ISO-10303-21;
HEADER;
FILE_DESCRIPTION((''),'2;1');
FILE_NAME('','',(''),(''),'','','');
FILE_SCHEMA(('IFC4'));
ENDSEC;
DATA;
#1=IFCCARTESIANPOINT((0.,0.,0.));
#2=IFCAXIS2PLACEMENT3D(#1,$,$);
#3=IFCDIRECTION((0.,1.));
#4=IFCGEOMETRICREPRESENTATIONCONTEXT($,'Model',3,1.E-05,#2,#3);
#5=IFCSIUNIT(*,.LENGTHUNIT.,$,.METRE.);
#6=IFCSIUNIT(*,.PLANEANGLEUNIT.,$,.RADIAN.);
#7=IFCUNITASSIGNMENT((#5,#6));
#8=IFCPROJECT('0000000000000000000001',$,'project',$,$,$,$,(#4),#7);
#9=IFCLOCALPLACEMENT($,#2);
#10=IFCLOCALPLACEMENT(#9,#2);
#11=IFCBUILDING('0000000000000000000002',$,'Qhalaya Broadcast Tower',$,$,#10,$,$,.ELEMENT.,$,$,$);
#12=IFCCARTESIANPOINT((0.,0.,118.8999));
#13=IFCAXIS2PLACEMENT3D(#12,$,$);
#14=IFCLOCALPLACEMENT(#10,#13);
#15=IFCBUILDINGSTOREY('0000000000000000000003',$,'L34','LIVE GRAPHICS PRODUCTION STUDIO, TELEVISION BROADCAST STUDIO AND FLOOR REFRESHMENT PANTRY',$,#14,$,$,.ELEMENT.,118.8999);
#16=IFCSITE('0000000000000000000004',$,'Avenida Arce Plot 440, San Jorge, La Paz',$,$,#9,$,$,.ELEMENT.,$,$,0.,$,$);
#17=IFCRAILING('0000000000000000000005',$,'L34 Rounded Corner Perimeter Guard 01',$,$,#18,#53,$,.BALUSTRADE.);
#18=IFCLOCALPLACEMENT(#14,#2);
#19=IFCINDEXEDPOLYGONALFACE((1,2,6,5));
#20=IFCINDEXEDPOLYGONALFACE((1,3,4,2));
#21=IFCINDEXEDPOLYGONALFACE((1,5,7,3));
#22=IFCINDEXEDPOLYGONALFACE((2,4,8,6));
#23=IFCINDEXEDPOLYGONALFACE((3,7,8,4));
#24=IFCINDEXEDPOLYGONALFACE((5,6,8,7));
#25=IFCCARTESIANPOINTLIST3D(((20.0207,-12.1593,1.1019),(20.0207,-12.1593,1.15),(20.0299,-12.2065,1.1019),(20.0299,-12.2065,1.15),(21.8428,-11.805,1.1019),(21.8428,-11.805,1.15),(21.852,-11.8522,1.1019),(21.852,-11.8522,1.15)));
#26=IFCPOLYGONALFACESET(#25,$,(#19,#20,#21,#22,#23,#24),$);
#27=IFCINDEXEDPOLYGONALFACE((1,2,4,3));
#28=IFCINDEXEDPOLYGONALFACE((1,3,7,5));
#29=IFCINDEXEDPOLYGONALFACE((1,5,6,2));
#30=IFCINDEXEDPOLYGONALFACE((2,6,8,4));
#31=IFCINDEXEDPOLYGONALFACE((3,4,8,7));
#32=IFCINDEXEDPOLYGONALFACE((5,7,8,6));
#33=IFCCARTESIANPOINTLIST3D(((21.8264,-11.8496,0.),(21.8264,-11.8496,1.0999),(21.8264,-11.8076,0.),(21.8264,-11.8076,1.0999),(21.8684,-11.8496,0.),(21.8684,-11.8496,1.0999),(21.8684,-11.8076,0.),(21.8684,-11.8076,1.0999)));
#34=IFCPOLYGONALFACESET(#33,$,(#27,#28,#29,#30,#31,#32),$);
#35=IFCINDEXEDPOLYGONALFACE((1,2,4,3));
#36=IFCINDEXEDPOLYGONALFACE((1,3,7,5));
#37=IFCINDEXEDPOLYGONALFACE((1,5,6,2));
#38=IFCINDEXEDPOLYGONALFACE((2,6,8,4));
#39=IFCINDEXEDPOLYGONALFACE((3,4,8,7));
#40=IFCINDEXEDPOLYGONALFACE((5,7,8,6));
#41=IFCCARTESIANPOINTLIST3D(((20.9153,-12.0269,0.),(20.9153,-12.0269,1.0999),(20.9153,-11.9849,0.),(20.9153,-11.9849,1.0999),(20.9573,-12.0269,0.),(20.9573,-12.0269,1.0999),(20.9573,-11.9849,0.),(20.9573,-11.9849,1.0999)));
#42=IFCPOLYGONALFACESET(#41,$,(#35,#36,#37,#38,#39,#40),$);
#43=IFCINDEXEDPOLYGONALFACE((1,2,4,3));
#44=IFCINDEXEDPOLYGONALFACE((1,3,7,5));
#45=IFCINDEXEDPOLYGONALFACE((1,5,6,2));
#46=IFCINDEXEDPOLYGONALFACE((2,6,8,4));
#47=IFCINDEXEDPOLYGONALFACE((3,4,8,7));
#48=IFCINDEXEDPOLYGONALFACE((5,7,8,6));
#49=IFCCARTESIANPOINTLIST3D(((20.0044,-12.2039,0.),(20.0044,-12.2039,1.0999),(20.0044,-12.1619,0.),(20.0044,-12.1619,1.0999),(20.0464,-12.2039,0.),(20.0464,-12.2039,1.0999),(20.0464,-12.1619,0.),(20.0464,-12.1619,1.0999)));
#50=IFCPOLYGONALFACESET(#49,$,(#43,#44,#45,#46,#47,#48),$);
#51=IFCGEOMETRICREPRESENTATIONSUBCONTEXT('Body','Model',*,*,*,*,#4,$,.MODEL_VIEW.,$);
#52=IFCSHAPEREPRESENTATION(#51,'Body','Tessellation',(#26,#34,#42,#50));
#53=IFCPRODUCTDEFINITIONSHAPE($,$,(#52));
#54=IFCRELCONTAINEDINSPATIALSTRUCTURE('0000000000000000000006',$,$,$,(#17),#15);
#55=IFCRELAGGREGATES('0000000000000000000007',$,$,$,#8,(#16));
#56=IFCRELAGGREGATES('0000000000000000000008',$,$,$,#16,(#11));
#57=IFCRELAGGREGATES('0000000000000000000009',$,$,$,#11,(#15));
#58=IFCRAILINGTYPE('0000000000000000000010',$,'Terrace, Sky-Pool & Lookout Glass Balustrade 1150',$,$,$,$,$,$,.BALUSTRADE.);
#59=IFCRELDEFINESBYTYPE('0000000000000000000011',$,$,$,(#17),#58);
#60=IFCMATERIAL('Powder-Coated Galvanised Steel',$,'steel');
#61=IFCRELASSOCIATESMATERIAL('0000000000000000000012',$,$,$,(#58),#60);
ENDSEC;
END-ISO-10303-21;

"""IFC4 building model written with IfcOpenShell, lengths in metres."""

from ifc_helpers import new_model, si_unit, direction, frame, origin, origin_2d, place, context, subcontext, project, spatial, rectangle, extrude, material, type_object, element, save


model = new_model("IFC4")

# Units and contexts
model_context = context("Model", 3, precision=1e-05, world=origin(), true_north=direction((0.0, 1.0)))
body_context = subcontext(model_context, "Body", "Model", "MODEL_VIEW")
ifc_project = project(units=[si_unit("LENGTHUNIT", "METRE"), si_unit("PLANEANGLEUNIT", "RADIAN")], contexts=[model_context])

# Site, building, storey
site_placement = place(None, origin())
site = spatial("IfcSite", under=ifc_project, at=site_placement, Name="Avenida Arce Plot 440, San Jorge, La Paz", CompositionType="ELEMENT", RefElevation=0.0)
building_placement = place(site_placement, origin())
building = spatial("IfcBuilding", under=site, at=building_placement, Name="Qhalaya Broadcast Tower", CompositionType="ELEMENT")
storey_placement = place(building_placement, frame((0.0, 0.0, 118.8999)))
storey = spatial("IfcBuildingStorey", under=building, at=storey_placement, Name="L34", Description="LIVE GRAPHICS PRODUCTION STUDIO, TELEVISION BROADCAST STUDIO AND FLOOR REFRESHMENT PANTRY", CompositionType="ELEMENT", Elevation=118.8999)

# Railing
ifc_material_1 = material(Name="Powder-Coated Galvanised Steel", Category="steel")
railing_type = type_object("IfcRailingType", Name="Terrace, Sky-Pool & Lookout Glass Balustrade 1150", PredefinedType="BALUSTRADE", material=ifc_material_1)
railing_placement = place(storey_placement, frame((21.8474, -11.8286, 0.0)))
element("IfcRailing", 1, at=railing_placement, inside=storey, type_object=railing_type, Name="L34 Rounded Corner Perimeter Guard 01", PredefinedType="BALUSTRADE", context=body_context, shape_type="SweptSolid", body=[
    extrude(rectangle(XDim=0.0481, YDim=0.0481, at=origin_2d()), frame((0.0, 0.0, 1.126), z_axis=(-0.981619, -0.190852, 0.0), x_axis=(0.190852, -0.981619, 0.0)), (0.0, 0.0, 1.0), 1.8562),
    extrude(rectangle(XDim=0.042, YDim=0.042, at=origin_2d()), origin(), (0.0, 0.0, 1.0), 1.0999),
    extrude(rectangle(XDim=0.042, YDim=0.042, at=origin_2d()), frame((-0.9111, -0.1772, 0.0)), (0.0, 0.0, 1.0), 1.0999),
    extrude(rectangle(XDim=0.042, YDim=0.042, at=origin_2d()), frame((-1.822, -0.3542, 0.0)), (0.0, 0.0, 1.0), 1.0999),
])

save(model, "model.ifc")
